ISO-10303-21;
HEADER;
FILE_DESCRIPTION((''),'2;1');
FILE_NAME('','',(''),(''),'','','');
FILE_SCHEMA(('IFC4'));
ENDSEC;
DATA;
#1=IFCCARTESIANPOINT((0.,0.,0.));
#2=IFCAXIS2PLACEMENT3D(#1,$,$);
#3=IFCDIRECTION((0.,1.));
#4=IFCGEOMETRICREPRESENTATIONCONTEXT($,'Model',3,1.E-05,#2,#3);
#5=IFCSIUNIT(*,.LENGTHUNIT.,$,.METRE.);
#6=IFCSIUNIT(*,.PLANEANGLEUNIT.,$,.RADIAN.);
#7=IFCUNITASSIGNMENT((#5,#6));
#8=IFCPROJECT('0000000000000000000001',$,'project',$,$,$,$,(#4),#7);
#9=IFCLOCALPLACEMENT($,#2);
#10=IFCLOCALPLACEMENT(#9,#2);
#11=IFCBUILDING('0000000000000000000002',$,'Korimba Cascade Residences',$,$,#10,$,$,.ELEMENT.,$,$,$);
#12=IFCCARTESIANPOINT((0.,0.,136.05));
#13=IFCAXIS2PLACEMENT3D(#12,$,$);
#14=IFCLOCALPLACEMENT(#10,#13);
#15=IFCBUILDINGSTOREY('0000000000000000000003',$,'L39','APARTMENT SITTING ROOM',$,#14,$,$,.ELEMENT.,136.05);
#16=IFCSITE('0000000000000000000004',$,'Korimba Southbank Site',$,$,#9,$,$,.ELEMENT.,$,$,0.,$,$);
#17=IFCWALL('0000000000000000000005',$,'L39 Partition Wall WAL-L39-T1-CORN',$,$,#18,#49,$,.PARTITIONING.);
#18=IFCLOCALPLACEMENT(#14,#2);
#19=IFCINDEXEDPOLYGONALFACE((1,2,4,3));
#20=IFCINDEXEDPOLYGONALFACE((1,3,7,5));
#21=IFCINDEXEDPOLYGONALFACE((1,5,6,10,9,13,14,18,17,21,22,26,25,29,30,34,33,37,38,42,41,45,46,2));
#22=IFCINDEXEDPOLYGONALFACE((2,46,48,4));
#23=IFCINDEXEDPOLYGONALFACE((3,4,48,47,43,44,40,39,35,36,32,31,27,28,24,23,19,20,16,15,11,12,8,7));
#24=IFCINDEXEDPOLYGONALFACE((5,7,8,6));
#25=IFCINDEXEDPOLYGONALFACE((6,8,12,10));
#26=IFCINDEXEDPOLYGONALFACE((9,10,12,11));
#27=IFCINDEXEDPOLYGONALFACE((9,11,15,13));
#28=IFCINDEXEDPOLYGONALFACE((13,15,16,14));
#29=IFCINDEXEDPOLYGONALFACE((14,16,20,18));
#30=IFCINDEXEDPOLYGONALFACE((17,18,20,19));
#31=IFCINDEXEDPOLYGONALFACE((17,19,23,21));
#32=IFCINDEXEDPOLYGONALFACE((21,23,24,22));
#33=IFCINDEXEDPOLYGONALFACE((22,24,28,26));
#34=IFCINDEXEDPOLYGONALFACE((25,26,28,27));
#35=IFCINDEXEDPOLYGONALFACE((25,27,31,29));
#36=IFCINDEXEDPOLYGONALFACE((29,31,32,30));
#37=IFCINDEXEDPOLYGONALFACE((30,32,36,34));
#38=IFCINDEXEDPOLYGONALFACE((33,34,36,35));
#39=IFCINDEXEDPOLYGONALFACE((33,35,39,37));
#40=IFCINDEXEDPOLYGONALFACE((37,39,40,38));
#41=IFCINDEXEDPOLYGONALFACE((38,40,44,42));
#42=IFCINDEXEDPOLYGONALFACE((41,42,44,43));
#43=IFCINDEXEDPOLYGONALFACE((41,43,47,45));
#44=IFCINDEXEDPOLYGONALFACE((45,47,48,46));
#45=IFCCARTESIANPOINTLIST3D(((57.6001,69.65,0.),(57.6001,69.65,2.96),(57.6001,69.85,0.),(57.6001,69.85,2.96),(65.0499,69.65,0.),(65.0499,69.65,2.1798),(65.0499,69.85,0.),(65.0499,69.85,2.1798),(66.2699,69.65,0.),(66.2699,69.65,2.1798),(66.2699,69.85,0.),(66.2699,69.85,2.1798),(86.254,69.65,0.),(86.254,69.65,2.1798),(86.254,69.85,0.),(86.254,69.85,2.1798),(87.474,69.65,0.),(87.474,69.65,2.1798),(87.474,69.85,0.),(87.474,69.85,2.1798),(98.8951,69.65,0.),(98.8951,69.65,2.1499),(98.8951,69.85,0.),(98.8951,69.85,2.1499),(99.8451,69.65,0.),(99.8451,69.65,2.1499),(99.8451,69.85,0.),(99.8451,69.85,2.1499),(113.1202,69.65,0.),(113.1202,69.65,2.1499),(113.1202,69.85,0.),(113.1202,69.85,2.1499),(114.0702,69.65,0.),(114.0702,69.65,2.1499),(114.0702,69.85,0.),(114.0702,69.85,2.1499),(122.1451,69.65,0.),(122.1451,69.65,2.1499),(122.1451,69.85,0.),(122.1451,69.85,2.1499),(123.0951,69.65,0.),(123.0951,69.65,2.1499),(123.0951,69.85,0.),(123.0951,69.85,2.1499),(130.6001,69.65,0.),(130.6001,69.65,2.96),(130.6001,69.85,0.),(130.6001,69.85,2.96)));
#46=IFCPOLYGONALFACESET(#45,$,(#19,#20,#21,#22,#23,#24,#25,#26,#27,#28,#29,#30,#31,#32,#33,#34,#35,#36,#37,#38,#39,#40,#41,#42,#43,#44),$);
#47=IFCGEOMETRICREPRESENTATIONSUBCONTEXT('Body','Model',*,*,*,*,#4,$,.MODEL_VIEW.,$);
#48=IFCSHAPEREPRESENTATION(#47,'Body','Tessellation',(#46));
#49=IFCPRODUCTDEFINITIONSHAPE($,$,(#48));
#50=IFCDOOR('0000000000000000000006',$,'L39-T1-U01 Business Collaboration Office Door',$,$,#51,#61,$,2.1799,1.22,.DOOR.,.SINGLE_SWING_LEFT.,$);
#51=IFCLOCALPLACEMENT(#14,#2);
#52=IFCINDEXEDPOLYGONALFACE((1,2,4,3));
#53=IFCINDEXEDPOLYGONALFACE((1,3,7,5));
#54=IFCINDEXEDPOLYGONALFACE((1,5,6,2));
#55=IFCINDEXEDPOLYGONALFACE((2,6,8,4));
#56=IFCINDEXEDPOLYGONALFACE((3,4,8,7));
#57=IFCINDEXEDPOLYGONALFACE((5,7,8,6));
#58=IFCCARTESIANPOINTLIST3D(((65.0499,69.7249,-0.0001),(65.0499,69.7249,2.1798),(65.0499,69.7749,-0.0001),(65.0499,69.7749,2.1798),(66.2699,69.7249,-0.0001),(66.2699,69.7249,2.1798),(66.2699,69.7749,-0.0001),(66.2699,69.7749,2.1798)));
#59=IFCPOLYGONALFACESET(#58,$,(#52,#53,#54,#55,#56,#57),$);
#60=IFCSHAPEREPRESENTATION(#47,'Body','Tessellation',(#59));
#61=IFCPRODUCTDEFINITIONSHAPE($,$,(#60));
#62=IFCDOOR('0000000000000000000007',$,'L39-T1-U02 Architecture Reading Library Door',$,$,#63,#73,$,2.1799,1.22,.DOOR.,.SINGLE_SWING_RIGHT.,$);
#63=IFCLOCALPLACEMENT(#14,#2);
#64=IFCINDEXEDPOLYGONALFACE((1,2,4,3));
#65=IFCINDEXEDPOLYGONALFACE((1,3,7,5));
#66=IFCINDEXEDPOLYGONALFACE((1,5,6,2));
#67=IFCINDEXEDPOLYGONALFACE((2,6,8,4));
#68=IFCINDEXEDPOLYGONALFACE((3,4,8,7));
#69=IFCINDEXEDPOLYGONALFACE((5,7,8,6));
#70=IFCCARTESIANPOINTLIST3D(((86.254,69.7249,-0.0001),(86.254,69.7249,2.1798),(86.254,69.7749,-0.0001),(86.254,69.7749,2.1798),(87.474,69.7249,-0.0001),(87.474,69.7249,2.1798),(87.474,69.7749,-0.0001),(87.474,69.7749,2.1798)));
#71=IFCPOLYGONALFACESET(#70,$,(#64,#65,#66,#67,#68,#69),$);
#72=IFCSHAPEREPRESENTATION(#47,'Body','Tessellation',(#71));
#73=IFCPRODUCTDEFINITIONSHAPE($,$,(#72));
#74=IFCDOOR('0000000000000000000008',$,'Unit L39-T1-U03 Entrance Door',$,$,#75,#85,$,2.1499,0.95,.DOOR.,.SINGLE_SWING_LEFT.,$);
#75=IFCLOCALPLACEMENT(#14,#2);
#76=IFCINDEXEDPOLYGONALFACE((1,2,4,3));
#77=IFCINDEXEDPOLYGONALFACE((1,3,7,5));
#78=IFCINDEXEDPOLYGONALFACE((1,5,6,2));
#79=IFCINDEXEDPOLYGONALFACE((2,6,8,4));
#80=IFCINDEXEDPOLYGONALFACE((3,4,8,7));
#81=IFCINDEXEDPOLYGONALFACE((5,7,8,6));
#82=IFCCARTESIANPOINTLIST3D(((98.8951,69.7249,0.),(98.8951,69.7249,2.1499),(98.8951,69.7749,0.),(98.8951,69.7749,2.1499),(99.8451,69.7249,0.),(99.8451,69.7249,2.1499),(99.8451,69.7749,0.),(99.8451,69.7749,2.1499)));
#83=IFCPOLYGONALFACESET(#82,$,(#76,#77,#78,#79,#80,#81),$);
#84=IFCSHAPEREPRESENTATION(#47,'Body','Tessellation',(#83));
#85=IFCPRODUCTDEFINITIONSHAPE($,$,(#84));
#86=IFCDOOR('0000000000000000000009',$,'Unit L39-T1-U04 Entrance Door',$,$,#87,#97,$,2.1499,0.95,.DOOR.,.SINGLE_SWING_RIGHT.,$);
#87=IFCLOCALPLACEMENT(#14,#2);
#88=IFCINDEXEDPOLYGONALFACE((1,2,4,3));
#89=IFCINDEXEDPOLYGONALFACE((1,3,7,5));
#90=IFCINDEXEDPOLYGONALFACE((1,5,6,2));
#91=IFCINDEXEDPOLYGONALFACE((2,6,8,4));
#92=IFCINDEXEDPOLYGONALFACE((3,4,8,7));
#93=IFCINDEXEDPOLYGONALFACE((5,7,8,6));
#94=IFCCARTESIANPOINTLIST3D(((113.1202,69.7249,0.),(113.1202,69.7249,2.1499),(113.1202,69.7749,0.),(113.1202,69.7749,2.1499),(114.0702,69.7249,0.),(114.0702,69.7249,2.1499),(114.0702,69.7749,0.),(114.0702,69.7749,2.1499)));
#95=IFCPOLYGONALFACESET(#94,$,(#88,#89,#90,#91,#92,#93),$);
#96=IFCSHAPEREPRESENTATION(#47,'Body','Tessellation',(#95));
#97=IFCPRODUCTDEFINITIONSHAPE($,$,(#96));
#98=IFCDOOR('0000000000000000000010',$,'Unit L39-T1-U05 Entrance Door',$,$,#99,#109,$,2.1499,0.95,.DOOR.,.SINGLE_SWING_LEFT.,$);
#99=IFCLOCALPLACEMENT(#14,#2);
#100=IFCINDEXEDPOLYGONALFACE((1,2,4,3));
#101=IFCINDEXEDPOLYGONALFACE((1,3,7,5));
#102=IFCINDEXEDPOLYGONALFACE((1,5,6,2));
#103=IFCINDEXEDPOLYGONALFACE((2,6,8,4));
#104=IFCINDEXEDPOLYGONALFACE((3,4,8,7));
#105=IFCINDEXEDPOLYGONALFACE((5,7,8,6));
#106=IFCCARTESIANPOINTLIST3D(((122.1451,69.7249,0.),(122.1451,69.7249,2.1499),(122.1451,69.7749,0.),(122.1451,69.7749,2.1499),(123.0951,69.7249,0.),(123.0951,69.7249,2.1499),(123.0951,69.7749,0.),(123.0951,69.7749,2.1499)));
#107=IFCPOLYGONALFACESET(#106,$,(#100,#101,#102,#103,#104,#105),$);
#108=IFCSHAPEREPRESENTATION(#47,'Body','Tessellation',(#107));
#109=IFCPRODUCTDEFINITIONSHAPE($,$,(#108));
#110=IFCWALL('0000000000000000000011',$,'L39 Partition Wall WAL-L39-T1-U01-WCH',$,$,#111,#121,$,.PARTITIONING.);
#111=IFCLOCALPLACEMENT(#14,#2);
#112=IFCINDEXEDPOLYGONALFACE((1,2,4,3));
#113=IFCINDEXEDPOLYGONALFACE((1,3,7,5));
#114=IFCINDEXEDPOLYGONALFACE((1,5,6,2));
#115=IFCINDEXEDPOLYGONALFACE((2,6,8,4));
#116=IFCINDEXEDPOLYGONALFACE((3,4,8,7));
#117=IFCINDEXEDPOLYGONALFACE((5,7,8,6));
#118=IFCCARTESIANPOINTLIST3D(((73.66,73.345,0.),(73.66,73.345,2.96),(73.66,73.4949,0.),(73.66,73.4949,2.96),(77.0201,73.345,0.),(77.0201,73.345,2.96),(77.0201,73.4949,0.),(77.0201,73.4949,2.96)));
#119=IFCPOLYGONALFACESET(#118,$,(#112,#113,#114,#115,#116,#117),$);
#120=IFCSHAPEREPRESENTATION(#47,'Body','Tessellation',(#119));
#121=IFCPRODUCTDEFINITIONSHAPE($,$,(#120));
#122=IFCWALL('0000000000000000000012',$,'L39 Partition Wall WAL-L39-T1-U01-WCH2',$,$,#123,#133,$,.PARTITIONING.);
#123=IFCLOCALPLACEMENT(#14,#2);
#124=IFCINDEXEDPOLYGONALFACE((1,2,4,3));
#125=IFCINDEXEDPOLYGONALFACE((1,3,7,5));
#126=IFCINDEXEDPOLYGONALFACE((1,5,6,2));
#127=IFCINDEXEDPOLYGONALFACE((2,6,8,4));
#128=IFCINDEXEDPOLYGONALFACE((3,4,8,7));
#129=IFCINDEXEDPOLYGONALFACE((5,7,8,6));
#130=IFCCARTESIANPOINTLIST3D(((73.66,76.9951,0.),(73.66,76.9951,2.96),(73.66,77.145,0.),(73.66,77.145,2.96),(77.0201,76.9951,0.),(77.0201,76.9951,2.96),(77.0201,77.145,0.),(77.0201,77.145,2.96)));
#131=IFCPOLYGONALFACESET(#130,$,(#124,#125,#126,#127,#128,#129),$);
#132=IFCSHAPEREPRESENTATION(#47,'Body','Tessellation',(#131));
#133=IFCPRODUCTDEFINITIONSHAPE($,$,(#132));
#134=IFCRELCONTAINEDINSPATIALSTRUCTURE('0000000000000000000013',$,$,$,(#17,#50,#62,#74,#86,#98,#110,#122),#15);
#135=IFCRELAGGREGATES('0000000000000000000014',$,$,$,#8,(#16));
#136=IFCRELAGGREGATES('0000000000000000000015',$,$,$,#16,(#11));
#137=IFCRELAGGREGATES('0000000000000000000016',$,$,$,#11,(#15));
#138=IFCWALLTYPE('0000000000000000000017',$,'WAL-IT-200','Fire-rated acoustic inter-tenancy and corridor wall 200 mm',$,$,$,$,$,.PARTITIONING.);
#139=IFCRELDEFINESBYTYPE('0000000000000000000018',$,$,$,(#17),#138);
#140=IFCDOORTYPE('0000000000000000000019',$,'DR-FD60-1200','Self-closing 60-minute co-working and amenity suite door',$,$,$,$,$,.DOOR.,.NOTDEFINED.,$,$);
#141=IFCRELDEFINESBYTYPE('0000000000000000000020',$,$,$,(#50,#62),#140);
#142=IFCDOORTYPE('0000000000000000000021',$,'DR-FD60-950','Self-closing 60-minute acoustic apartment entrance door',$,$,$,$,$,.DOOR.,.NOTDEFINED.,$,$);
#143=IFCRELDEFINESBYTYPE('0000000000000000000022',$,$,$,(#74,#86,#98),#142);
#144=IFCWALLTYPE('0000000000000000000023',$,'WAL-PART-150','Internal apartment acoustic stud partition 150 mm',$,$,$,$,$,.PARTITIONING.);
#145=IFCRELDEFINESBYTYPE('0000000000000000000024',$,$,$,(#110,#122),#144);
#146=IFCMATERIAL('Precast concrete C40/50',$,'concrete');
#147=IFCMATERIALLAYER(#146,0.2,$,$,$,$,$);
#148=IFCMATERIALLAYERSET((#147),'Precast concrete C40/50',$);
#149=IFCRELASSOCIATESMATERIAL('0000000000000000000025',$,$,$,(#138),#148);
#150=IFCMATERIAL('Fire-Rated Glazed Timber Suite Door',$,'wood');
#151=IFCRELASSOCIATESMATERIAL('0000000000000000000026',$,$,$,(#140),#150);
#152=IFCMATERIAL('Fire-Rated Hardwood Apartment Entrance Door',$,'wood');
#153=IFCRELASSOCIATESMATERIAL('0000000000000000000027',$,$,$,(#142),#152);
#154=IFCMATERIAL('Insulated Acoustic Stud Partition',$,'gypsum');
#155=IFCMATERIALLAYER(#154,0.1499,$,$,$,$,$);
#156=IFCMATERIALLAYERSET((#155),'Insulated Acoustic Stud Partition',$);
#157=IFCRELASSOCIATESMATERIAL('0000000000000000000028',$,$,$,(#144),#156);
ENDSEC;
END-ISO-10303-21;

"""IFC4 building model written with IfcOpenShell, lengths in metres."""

from ifc_helpers import new_model, si_unit, direction, frame, frame_2d, origin, place, context, subcontext, project, spatial, rectangle, extrude, material, layer, layer_set, type_object, element, fill, save


model = new_model("IFC4")

# Units and contexts
model_context = context("Model", 3, precision=1e-05, world=origin(), true_north=direction((0.0, 1.0)))
body_context = subcontext(model_context, "Body", "Model", "MODEL_VIEW")
ifc_project = project(units=[si_unit("LENGTHUNIT", "METRE"), si_unit("PLANEANGLEUNIT", "RADIAN")], contexts=[model_context])

# Site, building, storey
site_placement = place(None, origin())
site = spatial("IfcSite", under=ifc_project, at=site_placement, Name="Korimba Southbank Site", CompositionType="ELEMENT", RefElevation=0.0)
building_placement = place(site_placement, origin())
building = spatial("IfcBuilding", under=site, at=building_placement, Name="Korimba Cascade Residences", CompositionType="ELEMENT")
storey_placement = place(building_placement, frame((0.0, 0.0, 136.05)))
storey = spatial("IfcBuildingStorey", under=building, at=storey_placement, Name="L39", Description="APARTMENT SITTING ROOM", CompositionType="ELEMENT", Elevation=136.05)

# Shared definitions
ifc_material_1 = material(Name="Precast concrete C40/50", Category="concrete")
ifc_layer_1 = layer(ifc_material_1, 0.2)
ifc_layer_set_1 = layer_set([ifc_layer_1], Name="Precast concrete C40/50")
wall_type_1 = type_object("IfcWallType", Name="WAL-IT-200", Description="Fire-rated acoustic inter-tenancy and corridor wall 200 mm", PredefinedType="PARTITIONING", material=ifc_layer_set_1)

# Wall, openings, doors
wall_1_placement = place(storey_placement, frame((57.6001, 69.75, 0.0), z_axis=(0.0, 0.0, 1.0), x_axis=(1.0, 0.0, 0.0)))
wall_1 = element("IfcWall", 1, at=wall_1_placement, inside=storey, type_object=wall_type_1, Name="L39 Partition Wall WAL-L39-T1-CORN", PredefinedType="PARTITIONING", context=body_context, shape_type="SweptSolid", body=[
    extrude(rectangle(XDim=73.0, YDim=0.2, at=frame_2d((36.5, 0.0))), origin(), (0.0, 0.0, 1.0), 2.96),
])
opening_1_placement = place(wall_1_placement, frame((7.45, 0.0, 0.0)))
opening_1 = element("IfcOpeningElement", 2, at=opening_1_placement, cuts=wall_1, PredefinedType="OPENING", context=body_context, shape_type="SweptSolid", body=[
    extrude(rectangle(XDim=1.22, YDim=2.1799, at=frame_2d((0.6099, 1.0898))), frame((0.0, 0.1099, 0.0), z_axis=(0.0, -1.0, 0.0), x_axis=(1.0, 0.0, 0.0)), (0.0, 0.0, 1.0), 0.22),
])
opening_2_placement = place(wall_1_placement, frame((28.6541, 0.0, 0.0)))
opening_2 = element("IfcOpeningElement", 3, at=opening_2_placement, cuts=wall_1, PredefinedType="OPENING", context=body_context, shape_type="SweptSolid", body=[
    extrude(rectangle(XDim=1.22, YDim=2.1799, at=frame_2d((0.6099, 1.0898))), frame((0.0, 0.1099, 0.0), z_axis=(0.0, -1.0, 0.0), x_axis=(1.0, 0.0, 0.0)), (0.0, 0.0, 1.0), 0.22),
])
opening_3_placement = place(wall_1_placement, frame((41.2949, 0.0, 0.0)))
opening_3 = element("IfcOpeningElement", 4, at=opening_3_placement, cuts=wall_1, PredefinedType="OPENING", context=body_context, shape_type="SweptSolid", body=[
    extrude(rectangle(XDim=0.95, YDim=2.1499, at=frame_2d((0.4751, 1.075))), frame((0.0, 0.1099, 0.0), z_axis=(0.0, -1.0, 0.0), x_axis=(1.0, 0.0, 0.0)), (0.0, 0.0, 1.0), 0.22),
])
opening_4_placement = place(wall_1_placement, frame((55.52, 0.0, 0.0)))
opening_4 = element("IfcOpeningElement", 5, at=opening_4_placement, cuts=wall_1, PredefinedType="OPENING", context=body_context, shape_type="SweptSolid", body=[
    extrude(rectangle(XDim=0.95, YDim=2.1499, at=frame_2d((0.4751, 1.075))), frame((0.0, 0.1099, 0.0), z_axis=(0.0, -1.0, 0.0), x_axis=(1.0, 0.0, 0.0)), (0.0, 0.0, 1.0), 0.22),
])
opening_5_placement = place(wall_1_placement, frame((64.5449, 0.0, 0.0)))
opening_5 = element("IfcOpeningElement", 6, at=opening_5_placement, cuts=wall_1, PredefinedType="OPENING", context=body_context, shape_type="SweptSolid", body=[
    extrude(rectangle(XDim=0.95, YDim=2.1499, at=frame_2d((0.4751, 1.075))), frame((0.0, 0.1099, 0.0), z_axis=(0.0, -1.0, 0.0), x_axis=(1.0, 0.0, 0.0)), (0.0, 0.0, 1.0), 0.22),
])
ifc_material_2 = material(Name="Fire-Rated Glazed Timber Suite Door", Category="wood")
door_type_1 = type_object("IfcDoorType", Name="DR-FD60-1200", Description="Self-closing 60-minute co-working and amenity suite door", OperationType="NOTDEFINED", PredefinedType="DOOR", material=ifc_material_2)
door_1_placement = place(opening_1_placement, origin())
door_1 = element("IfcDoor", 7, at=door_1_placement, inside=storey, type_object=door_type_1, Name="L39-T1-U01 Business Collaboration Office Door", OperationType="SINGLE_SWING_LEFT", OverallHeight=2.1799, OverallWidth=1.22, PredefinedType="DOOR", context=body_context, shape_type="SweptSolid", body=[
    extrude(rectangle(XDim=1.22, YDim=2.1799, at=frame_2d((0.6099, 1.0898))), frame((0.0, 0.0249, 0.0), z_axis=(0.0, -1.0, 0.0), x_axis=(1.0, 0.0, 0.0)), (0.0, 0.0, 1.0), 0.05),
])
fill(opening_1, door_1)
door_2_placement = place(opening_2_placement, origin())
door_2 = element("IfcDoor", 8, at=door_2_placement, inside=storey, type_object=door_type_1, Name="L39-T1-U02 Architecture Reading Library Door", OperationType="SINGLE_SWING_RIGHT", OverallHeight=2.1799, OverallWidth=1.22, PredefinedType="DOOR", context=body_context, shape_type="SweptSolid", body=[
    extrude(rectangle(XDim=1.22, YDim=2.1799, at=frame_2d((0.6099, 1.0898))), frame((0.0, 0.0249, 0.0), z_axis=(0.0, -1.0, 0.0), x_axis=(1.0, 0.0, 0.0)), (0.0, 0.0, 1.0), 0.05),
])
fill(opening_2, door_2)
ifc_material_3 = material(Name="Fire-Rated Hardwood Apartment Entrance Door", Category="wood")
door_type_2 = type_object("IfcDoorType", Name="DR-FD60-950", Description="Self-closing 60-minute acoustic apartment entrance door", OperationType="NOTDEFINED", PredefinedType="DOOR", material=ifc_material_3)
door_3_placement = place(opening_3_placement, origin())
door_3 = element("IfcDoor", 9, at=door_3_placement, inside=storey, type_object=door_type_2, Name="Unit L39-T1-U03 Entrance Door", OperationType="SINGLE_SWING_LEFT", OverallHeight=2.1499, OverallWidth=0.95, PredefinedType="DOOR", context=body_context, shape_type="SweptSolid", body=[
    extrude(rectangle(XDim=0.95, YDim=2.1499, at=frame_2d((0.4751, 1.075))), frame((0.0, 0.0249, 0.0), z_axis=(0.0, -1.0, 0.0), x_axis=(1.0, 0.0, 0.0)), (0.0, 0.0, 1.0), 0.05),
])
fill(opening_3, door_3)
door_4_placement = place(opening_4_placement, origin())
door_4 = element("IfcDoor", 10, at=door_4_placement, inside=storey, type_object=door_type_2, Name="Unit L39-T1-U04 Entrance Door", OperationType="SINGLE_SWING_RIGHT", OverallHeight=2.1499, OverallWidth=0.95, PredefinedType="DOOR", context=body_context, shape_type="SweptSolid", body=[
    extrude(rectangle(XDim=0.95, YDim=2.1499, at=frame_2d((0.4751, 1.075))), frame((0.0, 0.0249, 0.0), z_axis=(0.0, -1.0, 0.0), x_axis=(1.0, 0.0, 0.0)), (0.0, 0.0, 1.0), 0.05),
])
fill(opening_4, door_4)
door_5_placement = place(opening_5_placement, origin())
door_5 = element("IfcDoor", 11, at=door_5_placement, inside=storey, type_object=door_type_2, Name="Unit L39-T1-U05 Entrance Door", OperationType="SINGLE_SWING_LEFT", OverallHeight=2.1499, OverallWidth=0.95, PredefinedType="DOOR", context=body_context, shape_type="SweptSolid", body=[
    extrude(rectangle(XDim=0.95, YDim=2.1499, at=frame_2d((0.4751, 1.075))), frame((0.0, 0.0249, 0.0), z_axis=(0.0, -1.0, 0.0), x_axis=(1.0, 0.0, 0.0)), (0.0, 0.0, 1.0), 0.05),
])
fill(opening_5, door_5)

# Walls
ifc_material_4 = material(Name="Insulated Acoustic Stud Partition", Category="gypsum")
ifc_layer_2 = layer(ifc_material_4, 0.1499)
ifc_layer_set_2 = layer_set([ifc_layer_2], Name="Insulated Acoustic Stud Partition")
wall_type_2 = type_object("IfcWallType", Name="WAL-PART-150", Description="Internal apartment acoustic stud partition 150 mm", PredefinedType="PARTITIONING", material=ifc_layer_set_2)
for number, where, z_axis, x_axis, name in (
    (12, (73.6599, 73.4199, 0.0), (0.0, 0.0, 1.0), (1.0, 0.0, 0.0), "L39 Partition Wall WAL-L39-T1-U01-WCH"),
    (13, (73.6599, 77.0701, 0.0), (0.0, 0.0, 1.0), (1.0, 0.0, 0.0), "L39 Partition Wall WAL-L39-T1-U01-WCH2"),
):
    element("IfcWall", number, at=place(storey_placement, frame(where, z_axis=z_axis, x_axis=x_axis)), inside=storey, type_object=wall_type_2, Name=name, PredefinedType="PARTITIONING", context=body_context, shape_type="SweptSolid", body=[
        extrude(rectangle(XDim=3.3601, YDim=0.1499, at=frame_2d((1.6802, 0.0))), origin(), (0.0, 0.0, 1.0), 2.96),
    ])

save(model, "model.ifc")
